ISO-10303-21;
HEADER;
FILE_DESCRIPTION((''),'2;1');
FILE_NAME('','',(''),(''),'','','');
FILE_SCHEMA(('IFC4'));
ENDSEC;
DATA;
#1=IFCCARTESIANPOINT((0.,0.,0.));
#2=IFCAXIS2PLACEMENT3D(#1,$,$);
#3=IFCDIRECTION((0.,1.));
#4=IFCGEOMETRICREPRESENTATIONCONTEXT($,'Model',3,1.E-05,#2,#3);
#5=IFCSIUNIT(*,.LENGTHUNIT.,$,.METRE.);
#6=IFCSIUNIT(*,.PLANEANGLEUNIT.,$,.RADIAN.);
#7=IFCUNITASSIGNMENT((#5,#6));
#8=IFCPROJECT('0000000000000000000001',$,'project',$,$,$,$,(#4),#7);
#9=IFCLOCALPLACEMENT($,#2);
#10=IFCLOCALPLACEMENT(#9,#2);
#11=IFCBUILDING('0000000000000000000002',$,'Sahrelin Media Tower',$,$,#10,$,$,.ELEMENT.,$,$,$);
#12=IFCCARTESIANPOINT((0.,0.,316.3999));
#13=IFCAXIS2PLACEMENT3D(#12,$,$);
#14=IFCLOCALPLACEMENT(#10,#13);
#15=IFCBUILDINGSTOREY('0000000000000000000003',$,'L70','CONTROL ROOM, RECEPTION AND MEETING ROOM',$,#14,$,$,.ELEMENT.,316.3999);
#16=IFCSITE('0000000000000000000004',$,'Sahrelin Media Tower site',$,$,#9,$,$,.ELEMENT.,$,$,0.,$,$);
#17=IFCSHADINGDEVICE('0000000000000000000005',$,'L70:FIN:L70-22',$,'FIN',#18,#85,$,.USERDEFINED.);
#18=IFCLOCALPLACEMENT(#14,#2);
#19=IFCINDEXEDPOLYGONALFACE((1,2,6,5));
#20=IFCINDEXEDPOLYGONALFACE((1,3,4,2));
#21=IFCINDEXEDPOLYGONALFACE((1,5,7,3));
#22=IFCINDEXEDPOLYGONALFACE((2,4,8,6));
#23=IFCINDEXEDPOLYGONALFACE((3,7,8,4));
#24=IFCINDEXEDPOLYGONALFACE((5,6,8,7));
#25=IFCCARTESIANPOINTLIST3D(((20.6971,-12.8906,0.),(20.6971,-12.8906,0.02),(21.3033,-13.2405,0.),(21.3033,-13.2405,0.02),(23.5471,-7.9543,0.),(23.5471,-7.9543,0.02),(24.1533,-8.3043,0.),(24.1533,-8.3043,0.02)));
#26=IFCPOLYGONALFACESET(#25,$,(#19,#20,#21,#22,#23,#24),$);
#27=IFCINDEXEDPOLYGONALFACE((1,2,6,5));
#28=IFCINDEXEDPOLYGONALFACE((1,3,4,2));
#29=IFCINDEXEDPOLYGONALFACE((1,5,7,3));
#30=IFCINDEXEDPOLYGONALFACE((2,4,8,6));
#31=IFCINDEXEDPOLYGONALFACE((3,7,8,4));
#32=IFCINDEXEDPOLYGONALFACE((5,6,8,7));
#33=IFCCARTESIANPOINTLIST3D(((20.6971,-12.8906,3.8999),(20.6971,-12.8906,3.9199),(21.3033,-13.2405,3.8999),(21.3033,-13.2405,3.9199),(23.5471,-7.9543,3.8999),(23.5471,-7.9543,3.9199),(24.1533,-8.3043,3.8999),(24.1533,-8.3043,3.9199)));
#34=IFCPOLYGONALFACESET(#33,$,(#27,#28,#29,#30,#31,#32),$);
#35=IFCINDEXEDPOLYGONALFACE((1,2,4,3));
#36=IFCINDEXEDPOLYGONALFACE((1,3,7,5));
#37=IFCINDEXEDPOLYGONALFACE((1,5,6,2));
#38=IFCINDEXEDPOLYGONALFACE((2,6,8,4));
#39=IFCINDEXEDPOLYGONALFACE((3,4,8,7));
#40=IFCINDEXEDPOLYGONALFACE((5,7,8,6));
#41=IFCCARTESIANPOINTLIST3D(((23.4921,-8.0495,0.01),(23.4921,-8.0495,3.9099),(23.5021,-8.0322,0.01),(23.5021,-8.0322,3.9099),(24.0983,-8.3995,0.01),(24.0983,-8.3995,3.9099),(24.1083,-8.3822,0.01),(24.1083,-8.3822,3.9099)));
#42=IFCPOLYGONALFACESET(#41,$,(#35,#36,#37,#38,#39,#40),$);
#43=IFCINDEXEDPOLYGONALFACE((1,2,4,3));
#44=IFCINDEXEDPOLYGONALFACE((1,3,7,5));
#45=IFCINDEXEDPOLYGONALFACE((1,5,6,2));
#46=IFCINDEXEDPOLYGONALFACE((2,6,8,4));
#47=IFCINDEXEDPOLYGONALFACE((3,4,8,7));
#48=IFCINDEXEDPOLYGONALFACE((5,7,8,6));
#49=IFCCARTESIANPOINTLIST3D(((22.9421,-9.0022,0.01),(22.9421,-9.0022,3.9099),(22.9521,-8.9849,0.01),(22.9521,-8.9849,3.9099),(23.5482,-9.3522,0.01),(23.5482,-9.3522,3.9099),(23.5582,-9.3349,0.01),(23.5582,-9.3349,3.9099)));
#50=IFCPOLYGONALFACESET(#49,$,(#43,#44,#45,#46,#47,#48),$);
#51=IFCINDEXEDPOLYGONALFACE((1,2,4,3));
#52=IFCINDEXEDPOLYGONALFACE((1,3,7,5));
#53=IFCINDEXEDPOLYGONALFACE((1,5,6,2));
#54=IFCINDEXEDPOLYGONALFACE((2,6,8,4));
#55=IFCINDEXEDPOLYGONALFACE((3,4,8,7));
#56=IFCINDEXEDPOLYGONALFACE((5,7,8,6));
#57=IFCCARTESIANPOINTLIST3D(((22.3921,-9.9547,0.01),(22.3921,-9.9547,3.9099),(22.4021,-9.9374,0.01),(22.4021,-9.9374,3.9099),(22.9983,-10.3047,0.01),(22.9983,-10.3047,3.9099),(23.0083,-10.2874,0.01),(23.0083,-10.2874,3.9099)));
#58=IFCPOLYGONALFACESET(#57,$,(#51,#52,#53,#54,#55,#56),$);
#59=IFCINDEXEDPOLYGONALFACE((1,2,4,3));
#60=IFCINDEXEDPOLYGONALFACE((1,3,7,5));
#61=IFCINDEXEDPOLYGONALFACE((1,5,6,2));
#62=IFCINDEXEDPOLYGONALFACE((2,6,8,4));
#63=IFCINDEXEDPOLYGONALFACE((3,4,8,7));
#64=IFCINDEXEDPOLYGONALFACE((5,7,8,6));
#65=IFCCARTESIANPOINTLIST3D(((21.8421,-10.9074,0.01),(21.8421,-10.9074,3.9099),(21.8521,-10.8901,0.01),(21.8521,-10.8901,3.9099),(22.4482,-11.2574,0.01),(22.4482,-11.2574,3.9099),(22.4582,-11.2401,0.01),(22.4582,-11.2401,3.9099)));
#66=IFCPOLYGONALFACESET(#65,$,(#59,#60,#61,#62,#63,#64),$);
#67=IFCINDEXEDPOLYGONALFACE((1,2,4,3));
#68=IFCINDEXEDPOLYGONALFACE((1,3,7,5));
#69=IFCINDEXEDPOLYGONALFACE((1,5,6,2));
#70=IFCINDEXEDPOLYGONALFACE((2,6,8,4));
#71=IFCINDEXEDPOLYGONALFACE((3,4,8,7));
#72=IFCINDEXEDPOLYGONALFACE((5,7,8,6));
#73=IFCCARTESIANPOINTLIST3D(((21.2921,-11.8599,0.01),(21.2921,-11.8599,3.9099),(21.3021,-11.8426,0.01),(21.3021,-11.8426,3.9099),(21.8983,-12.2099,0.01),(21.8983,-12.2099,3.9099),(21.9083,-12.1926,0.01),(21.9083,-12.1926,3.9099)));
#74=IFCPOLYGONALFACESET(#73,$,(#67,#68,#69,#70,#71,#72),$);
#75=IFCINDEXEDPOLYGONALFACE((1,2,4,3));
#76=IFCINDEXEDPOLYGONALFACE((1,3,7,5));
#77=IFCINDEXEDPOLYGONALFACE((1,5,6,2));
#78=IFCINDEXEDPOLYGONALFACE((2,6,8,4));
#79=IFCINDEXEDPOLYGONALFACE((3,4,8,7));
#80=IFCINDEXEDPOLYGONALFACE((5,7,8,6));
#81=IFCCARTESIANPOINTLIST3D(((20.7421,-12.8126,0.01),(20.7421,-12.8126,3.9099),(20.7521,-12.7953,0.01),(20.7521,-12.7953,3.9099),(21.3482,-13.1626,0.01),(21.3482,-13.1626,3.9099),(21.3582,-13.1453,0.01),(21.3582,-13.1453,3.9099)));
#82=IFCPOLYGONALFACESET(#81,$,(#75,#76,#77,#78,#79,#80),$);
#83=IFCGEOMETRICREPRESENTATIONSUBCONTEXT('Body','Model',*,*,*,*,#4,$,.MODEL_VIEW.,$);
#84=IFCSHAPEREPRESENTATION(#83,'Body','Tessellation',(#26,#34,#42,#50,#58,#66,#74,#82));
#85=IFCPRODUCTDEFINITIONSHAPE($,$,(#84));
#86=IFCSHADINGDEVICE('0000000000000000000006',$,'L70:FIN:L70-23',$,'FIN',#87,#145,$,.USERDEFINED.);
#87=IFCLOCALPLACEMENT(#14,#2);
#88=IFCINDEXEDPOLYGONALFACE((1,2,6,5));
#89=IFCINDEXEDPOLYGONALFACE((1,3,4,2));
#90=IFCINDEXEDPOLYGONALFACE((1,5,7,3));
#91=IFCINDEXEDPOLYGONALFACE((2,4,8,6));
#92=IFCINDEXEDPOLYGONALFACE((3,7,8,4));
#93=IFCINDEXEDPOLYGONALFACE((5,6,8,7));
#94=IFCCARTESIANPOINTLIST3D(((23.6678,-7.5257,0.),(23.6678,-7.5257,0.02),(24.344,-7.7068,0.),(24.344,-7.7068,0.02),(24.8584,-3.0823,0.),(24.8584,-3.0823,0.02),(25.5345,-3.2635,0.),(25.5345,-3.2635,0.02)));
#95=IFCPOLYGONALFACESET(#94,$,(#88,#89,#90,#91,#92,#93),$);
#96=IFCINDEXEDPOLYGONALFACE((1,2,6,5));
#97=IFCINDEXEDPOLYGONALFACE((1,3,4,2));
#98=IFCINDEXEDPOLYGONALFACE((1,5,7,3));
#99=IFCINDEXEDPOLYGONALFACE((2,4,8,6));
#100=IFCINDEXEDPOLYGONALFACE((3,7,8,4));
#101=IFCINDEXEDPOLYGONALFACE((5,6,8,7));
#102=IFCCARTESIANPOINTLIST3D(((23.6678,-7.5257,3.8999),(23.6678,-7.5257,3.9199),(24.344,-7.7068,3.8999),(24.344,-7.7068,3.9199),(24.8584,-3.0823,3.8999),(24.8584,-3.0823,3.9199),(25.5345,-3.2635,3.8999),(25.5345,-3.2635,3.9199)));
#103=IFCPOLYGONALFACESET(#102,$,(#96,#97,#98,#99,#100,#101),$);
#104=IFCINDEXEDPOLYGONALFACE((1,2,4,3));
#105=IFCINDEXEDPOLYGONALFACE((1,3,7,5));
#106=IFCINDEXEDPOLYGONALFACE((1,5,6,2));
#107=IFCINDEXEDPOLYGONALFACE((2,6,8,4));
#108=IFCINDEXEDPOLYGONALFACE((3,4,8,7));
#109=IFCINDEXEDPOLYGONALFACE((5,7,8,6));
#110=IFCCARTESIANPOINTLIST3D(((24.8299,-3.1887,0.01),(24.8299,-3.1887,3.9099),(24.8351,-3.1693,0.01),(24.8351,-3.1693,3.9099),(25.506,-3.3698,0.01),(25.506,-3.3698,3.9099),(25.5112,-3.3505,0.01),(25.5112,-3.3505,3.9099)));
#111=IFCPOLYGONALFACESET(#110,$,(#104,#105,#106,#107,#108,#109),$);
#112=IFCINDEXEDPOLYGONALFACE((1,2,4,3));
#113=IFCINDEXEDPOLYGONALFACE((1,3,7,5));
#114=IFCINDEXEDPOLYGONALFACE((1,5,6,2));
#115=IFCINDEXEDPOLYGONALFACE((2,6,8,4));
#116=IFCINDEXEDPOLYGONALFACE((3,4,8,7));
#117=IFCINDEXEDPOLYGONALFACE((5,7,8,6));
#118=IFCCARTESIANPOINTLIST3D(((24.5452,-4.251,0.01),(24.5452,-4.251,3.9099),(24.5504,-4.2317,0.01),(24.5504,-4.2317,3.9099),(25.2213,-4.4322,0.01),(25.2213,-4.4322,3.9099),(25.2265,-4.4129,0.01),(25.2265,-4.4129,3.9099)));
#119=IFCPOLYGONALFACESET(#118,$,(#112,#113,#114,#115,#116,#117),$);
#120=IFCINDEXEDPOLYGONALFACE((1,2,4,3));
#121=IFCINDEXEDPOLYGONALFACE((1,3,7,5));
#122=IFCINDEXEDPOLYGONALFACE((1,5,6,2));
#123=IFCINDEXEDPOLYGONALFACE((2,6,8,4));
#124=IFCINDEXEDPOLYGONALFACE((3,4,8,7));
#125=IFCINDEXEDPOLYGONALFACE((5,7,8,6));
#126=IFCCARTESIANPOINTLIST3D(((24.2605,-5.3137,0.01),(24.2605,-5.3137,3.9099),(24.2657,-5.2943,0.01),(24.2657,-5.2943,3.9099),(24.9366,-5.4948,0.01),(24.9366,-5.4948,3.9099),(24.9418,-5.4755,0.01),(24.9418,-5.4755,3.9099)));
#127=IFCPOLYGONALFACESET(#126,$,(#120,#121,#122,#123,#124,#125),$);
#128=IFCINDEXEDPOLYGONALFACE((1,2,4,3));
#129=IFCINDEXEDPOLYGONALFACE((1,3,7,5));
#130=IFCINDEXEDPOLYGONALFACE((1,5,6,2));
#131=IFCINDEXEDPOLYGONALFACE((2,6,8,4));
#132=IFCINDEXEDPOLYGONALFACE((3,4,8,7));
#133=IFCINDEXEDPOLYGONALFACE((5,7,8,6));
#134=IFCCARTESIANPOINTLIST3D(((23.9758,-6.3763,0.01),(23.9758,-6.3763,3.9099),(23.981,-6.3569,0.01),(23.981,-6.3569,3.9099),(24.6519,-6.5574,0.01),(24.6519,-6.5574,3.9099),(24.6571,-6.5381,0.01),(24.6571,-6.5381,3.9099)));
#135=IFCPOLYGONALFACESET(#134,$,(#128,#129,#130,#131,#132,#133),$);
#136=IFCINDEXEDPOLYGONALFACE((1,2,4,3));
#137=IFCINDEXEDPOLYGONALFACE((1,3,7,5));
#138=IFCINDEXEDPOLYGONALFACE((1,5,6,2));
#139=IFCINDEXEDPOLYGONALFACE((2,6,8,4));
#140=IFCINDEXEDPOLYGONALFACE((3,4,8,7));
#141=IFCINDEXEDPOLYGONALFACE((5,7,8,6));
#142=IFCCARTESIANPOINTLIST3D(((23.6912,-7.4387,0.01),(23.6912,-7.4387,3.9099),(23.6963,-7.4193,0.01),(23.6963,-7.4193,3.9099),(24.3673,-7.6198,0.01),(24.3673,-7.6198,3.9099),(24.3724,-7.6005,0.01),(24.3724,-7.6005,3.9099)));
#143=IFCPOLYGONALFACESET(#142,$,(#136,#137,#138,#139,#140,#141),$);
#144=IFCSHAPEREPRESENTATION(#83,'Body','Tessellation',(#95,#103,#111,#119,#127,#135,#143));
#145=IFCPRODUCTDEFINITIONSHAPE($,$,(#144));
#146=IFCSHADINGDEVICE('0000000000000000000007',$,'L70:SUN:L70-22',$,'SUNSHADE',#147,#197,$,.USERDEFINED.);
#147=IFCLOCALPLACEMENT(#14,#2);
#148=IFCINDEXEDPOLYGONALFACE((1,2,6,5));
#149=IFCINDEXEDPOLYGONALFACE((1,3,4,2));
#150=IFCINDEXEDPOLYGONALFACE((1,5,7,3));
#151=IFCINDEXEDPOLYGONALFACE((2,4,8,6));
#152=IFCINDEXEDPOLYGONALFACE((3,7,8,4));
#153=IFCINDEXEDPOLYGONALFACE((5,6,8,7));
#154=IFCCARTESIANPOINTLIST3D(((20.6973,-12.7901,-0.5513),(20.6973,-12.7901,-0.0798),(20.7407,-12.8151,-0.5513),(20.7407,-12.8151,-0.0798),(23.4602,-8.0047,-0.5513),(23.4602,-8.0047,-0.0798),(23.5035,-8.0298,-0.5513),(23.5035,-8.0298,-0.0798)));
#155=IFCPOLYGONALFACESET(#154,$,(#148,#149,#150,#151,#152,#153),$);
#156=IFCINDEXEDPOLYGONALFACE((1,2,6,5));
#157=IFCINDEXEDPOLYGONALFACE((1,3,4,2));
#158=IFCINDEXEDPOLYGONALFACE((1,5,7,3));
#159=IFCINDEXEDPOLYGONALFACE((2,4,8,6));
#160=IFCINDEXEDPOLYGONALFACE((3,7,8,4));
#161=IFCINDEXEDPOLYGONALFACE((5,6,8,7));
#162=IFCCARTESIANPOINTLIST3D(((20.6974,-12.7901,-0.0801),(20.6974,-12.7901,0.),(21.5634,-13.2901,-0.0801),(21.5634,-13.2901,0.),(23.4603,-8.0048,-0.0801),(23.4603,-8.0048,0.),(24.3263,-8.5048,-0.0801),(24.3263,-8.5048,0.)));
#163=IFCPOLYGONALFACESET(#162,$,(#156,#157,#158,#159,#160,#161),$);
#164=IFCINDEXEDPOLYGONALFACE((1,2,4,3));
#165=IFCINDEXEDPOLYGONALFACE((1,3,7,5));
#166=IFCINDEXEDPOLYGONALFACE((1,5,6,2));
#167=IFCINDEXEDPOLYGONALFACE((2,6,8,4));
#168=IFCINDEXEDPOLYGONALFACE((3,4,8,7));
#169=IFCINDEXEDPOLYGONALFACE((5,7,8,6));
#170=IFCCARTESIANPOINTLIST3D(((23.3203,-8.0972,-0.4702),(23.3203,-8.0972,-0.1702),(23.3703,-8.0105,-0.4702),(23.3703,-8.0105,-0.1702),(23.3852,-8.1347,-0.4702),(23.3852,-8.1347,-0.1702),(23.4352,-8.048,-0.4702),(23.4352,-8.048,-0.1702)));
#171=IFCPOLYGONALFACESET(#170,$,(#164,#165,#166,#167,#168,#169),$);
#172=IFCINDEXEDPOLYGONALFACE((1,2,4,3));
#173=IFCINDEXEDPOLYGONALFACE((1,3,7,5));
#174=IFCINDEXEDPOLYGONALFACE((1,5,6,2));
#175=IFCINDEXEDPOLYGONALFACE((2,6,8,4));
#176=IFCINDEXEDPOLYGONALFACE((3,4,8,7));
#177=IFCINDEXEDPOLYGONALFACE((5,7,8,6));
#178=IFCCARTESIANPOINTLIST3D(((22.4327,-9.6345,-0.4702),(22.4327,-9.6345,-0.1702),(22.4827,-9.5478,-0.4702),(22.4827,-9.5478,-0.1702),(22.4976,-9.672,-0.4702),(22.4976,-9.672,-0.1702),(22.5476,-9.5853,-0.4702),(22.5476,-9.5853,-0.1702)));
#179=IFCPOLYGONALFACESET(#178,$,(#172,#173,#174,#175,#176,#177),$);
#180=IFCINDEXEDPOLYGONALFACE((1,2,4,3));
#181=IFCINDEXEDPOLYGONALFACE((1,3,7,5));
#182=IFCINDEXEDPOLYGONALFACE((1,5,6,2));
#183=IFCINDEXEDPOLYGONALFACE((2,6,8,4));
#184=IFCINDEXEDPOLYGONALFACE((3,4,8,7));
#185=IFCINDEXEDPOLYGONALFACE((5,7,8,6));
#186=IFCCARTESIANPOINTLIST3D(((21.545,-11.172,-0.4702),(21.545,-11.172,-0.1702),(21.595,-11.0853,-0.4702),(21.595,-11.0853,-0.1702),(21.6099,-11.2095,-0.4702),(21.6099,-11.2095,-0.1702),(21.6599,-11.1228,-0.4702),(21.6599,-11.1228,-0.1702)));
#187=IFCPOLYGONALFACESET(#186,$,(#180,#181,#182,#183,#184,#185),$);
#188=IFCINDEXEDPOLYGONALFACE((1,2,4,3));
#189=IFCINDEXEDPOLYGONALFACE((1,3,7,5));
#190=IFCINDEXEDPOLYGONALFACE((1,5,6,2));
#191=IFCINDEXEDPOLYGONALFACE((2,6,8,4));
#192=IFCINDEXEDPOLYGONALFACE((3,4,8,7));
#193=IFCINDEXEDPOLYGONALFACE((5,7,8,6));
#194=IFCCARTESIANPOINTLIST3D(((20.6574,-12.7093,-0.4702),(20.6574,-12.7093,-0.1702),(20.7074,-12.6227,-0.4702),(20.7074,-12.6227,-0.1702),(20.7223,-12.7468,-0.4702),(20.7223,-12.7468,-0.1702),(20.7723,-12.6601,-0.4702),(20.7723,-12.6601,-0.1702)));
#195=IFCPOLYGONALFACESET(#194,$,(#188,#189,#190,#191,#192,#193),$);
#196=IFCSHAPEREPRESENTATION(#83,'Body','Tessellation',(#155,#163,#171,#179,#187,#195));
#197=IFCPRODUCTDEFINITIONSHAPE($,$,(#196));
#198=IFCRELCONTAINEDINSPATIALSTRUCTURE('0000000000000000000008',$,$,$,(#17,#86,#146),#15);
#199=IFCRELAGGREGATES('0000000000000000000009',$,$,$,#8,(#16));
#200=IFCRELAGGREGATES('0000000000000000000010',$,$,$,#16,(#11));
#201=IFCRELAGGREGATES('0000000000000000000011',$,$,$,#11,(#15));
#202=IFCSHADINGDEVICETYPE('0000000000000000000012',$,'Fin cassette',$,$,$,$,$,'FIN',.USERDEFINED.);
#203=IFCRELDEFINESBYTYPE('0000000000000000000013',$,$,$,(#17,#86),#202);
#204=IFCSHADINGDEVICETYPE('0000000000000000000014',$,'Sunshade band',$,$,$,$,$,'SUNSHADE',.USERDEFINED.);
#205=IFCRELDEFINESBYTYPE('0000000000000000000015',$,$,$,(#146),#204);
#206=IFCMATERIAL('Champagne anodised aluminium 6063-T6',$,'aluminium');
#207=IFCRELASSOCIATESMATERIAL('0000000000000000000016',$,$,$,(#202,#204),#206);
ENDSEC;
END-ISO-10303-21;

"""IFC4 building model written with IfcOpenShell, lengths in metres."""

from ifc_helpers import new_model, si_unit, direction, frame, origin, origin_2d, place, context, subcontext, project, spatial, rectangle, extrude, material, type_object, element, save


model = new_model("IFC4")

# Units and contexts
model_context = context("Model", 3, precision=1e-05, world=origin(), true_north=direction((0.0, 1.0)))
body_context = subcontext(model_context, "Body", "Model", "MODEL_VIEW")
ifc_project = project(units=[si_unit("LENGTHUNIT", "METRE"), si_unit("PLANEANGLEUNIT", "RADIAN")], contexts=[model_context])

# Site, building, storey
site_placement = place(None, origin())
site = spatial("IfcSite", under=ifc_project, at=site_placement, Name="Sahrelin Media Tower site", CompositionType="ELEMENT", RefElevation=0.0)
building_placement = place(site_placement, origin())
building = spatial("IfcBuilding", under=site, at=building_placement, Name="Sahrelin Media Tower", CompositionType="ELEMENT")
storey_placement = place(building_placement, frame((0.0, 0.0, 316.3999)))
storey = spatial("IfcBuildingStorey", under=building, at=storey_placement, Name="L70", Description="CONTROL ROOM, RECEPTION AND MEETING ROOM", CompositionType="ELEMENT", Elevation=316.3999)

# Shared definitions
ifc_material_1 = material(Name="Champagne anodised aluminium 6063-T6", Category="aluminium")

# Shading devices
shading_device_type_1 = type_object("IfcShadingDeviceType", Name="Fin cassette", ElementType="FIN", PredefinedType="USERDEFINED", material=ifc_material_1)
placement_1 = place(storey_placement, frame((22.0615, -10.3875, 0.0), z_axis=(0.0, 0.0, 1.0), x_axis=(-0.500011, -0.866019, 0.0)))
element("IfcShadingDevice", 1, at=placement_1, inside=storey, type_object=shading_device_type_1, Name="L70:FIN:L70-22", ObjectType="FIN", PredefinedType="USERDEFINED", context=body_context, shape_type="SweptSolid", body=[
    extrude(rectangle(XDim=5.7, YDim=0.7, at=origin_2d()), frame((0.0, 0.4199, 0.0)), (0.0, 0.0, 1.0), 0.02),
    extrude(rectangle(XDim=5.7, YDim=0.7, at=origin_2d()), frame((0.0, 0.4199, 3.8999)), (0.0, 0.0, 1.0), 0.02),
    extrude(rectangle(XDim=0.02, YDim=0.7, at=origin_2d()), frame((-2.75, 0.4199, 0.01), z_axis=(0.0, 0.0, 1.0), x_axis=(1.0, 0.0, 0.0)), (0.0, 0.0, 1.0), 3.8999),
    extrude(rectangle(XDim=0.02, YDim=0.7, at=origin_2d()), frame((-1.6499, 0.4199, 0.01), z_axis=(0.0, 0.0, 1.0), x_axis=(1.0, 0.0, 0.0)), (0.0, 0.0, 1.0), 3.8999),
    extrude(rectangle(XDim=0.02, YDim=0.7, at=origin_2d()), frame((-0.55, 0.4199, 0.01), z_axis=(0.0, 0.0, 1.0), x_axis=(1.0, 0.0, 0.0)), (0.0, 0.0, 1.0), 3.8999),
    extrude(rectangle(XDim=0.02, YDim=0.7, at=origin_2d()), frame((0.55, 0.4199, 0.01), z_axis=(0.0, 0.0, 1.0), x_axis=(1.0, 0.0, 0.0)), (0.0, 0.0, 1.0), 3.8999),
    extrude(rectangle(XDim=0.02, YDim=0.7, at=origin_2d()), frame((1.6499, 0.4199, 0.01), z_axis=(0.0, 0.0, 1.0), x_axis=(1.0, 0.0, 0.0)), (0.0, 0.0, 1.0), 3.8999),
    extrude(rectangle(XDim=0.02, YDim=0.7, at=origin_2d()), frame((2.75, 0.4199, 0.01), z_axis=(0.0, 0.0, 1.0), x_axis=(1.0, 0.0, 0.0)), (0.0, 0.0, 1.0), 3.8999),
])
placement_2 = place(storey_placement, frame((24.1956, -5.2859, 0.0), z_axis=(0.0, 0.0, 1.0), x_axis=(-0.258808, -0.965929, 0.0)))
element("IfcShadingDevice", 2, at=placement_2, inside=storey, type_object=shading_device_type_1, Name="L70:FIN:L70-23", ObjectType="FIN", PredefinedType="USERDEFINED", context=body_context, shape_type="SweptSolid", body=[
    extrude(rectangle(XDim=4.6001, YDim=0.7, at=origin_2d()), frame((0.0, 0.4199, 0.0)), (0.0, 0.0, 1.0), 0.02),
    extrude(rectangle(XDim=4.6001, YDim=0.7, at=origin_2d()), frame((0.0, 0.4199, 3.8999)), (0.0, 0.0, 1.0), 0.02),
    extrude(rectangle(XDim=0.02, YDim=0.7, at=origin_2d()), frame((-2.2, 0.4199, 0.01), z_axis=(0.0, 0.0, 1.0), x_axis=(1.0, 0.0, 0.0)), (0.0, 0.0, 1.0), 3.8999),
    extrude(rectangle(XDim=0.02, YDim=0.7, at=origin_2d()), frame((-1.1001, 0.4199, 0.01), z_axis=(0.0, 0.0, 1.0), x_axis=(1.0, 0.0, 0.0)), (0.0, 0.0, 1.0), 3.8999),
    extrude(rectangle(XDim=0.02, YDim=0.7, at=origin_2d()), frame((0.0, 0.4199, 0.01), z_axis=(0.0, 0.0, 1.0), x_axis=(1.0, 0.0, 0.0)), (0.0, 0.0, 1.0), 3.8999),
    extrude(rectangle(XDim=0.02, YDim=0.7, at=origin_2d()), frame((1.1001, 0.4199, 0.01), z_axis=(0.0, 0.0, 1.0), x_axis=(1.0, 0.0, 0.0)), (0.0, 0.0, 1.0), 3.8999),
    extrude(rectangle(XDim=0.02, YDim=0.7, at=origin_2d()), frame((2.2, 0.4199, 0.01), z_axis=(0.0, 0.0, 1.0), x_axis=(1.0, 0.0, 0.0)), (0.0, 0.0, 1.0), 3.8999),
])
shading_device_type_2 = type_object("IfcShadingDeviceType", Name="Sunshade band", ElementType="SUNSHADE", PredefinedType="USERDEFINED", material=ifc_material_1)
element("IfcShadingDevice", 3, at=placement_1, inside=storey, type_object=shading_device_type_2, Name="L70:SUN:L70-22", ObjectType="SUNSHADE", PredefinedType="USERDEFINED", context=body_context, shape_type="SweptSolid", body=[
    extrude(rectangle(XDim=5.5256, YDim=0.05, at=origin_2d()), frame((0.0, 0.0449, -0.5513)), (0.0, 0.0, 1.0), 0.4714),
    extrude(rectangle(XDim=5.5256, YDim=1.0, at=origin_2d()), frame((0.0, 0.52, -0.0801)), (0.0, 0.0, 1.0), 0.0801),
    extrude(rectangle(XDim=0.1001, YDim=0.075, at=origin_2d()), frame((-2.6628, -0.0176, -0.4702)), (0.0, 0.0, 1.0), 0.3),
    extrude(rectangle(XDim=0.1001, YDim=0.075, at=origin_2d()), frame((-0.8877, -0.0176, -0.4702)), (0.0, 0.0, 1.0), 0.3),
    extrude(rectangle(XDim=0.1001, YDim=0.075, at=origin_2d()), frame((0.8877, -0.0176, -0.4702)), (0.0, 0.0, 1.0), 0.3),
    extrude(rectangle(XDim=0.1001, YDim=0.075, at=origin_2d()), frame((2.6628, -0.0176, -0.4702)), (0.0, 0.0, 1.0), 0.3),
])

save(model, "model.ifc")
